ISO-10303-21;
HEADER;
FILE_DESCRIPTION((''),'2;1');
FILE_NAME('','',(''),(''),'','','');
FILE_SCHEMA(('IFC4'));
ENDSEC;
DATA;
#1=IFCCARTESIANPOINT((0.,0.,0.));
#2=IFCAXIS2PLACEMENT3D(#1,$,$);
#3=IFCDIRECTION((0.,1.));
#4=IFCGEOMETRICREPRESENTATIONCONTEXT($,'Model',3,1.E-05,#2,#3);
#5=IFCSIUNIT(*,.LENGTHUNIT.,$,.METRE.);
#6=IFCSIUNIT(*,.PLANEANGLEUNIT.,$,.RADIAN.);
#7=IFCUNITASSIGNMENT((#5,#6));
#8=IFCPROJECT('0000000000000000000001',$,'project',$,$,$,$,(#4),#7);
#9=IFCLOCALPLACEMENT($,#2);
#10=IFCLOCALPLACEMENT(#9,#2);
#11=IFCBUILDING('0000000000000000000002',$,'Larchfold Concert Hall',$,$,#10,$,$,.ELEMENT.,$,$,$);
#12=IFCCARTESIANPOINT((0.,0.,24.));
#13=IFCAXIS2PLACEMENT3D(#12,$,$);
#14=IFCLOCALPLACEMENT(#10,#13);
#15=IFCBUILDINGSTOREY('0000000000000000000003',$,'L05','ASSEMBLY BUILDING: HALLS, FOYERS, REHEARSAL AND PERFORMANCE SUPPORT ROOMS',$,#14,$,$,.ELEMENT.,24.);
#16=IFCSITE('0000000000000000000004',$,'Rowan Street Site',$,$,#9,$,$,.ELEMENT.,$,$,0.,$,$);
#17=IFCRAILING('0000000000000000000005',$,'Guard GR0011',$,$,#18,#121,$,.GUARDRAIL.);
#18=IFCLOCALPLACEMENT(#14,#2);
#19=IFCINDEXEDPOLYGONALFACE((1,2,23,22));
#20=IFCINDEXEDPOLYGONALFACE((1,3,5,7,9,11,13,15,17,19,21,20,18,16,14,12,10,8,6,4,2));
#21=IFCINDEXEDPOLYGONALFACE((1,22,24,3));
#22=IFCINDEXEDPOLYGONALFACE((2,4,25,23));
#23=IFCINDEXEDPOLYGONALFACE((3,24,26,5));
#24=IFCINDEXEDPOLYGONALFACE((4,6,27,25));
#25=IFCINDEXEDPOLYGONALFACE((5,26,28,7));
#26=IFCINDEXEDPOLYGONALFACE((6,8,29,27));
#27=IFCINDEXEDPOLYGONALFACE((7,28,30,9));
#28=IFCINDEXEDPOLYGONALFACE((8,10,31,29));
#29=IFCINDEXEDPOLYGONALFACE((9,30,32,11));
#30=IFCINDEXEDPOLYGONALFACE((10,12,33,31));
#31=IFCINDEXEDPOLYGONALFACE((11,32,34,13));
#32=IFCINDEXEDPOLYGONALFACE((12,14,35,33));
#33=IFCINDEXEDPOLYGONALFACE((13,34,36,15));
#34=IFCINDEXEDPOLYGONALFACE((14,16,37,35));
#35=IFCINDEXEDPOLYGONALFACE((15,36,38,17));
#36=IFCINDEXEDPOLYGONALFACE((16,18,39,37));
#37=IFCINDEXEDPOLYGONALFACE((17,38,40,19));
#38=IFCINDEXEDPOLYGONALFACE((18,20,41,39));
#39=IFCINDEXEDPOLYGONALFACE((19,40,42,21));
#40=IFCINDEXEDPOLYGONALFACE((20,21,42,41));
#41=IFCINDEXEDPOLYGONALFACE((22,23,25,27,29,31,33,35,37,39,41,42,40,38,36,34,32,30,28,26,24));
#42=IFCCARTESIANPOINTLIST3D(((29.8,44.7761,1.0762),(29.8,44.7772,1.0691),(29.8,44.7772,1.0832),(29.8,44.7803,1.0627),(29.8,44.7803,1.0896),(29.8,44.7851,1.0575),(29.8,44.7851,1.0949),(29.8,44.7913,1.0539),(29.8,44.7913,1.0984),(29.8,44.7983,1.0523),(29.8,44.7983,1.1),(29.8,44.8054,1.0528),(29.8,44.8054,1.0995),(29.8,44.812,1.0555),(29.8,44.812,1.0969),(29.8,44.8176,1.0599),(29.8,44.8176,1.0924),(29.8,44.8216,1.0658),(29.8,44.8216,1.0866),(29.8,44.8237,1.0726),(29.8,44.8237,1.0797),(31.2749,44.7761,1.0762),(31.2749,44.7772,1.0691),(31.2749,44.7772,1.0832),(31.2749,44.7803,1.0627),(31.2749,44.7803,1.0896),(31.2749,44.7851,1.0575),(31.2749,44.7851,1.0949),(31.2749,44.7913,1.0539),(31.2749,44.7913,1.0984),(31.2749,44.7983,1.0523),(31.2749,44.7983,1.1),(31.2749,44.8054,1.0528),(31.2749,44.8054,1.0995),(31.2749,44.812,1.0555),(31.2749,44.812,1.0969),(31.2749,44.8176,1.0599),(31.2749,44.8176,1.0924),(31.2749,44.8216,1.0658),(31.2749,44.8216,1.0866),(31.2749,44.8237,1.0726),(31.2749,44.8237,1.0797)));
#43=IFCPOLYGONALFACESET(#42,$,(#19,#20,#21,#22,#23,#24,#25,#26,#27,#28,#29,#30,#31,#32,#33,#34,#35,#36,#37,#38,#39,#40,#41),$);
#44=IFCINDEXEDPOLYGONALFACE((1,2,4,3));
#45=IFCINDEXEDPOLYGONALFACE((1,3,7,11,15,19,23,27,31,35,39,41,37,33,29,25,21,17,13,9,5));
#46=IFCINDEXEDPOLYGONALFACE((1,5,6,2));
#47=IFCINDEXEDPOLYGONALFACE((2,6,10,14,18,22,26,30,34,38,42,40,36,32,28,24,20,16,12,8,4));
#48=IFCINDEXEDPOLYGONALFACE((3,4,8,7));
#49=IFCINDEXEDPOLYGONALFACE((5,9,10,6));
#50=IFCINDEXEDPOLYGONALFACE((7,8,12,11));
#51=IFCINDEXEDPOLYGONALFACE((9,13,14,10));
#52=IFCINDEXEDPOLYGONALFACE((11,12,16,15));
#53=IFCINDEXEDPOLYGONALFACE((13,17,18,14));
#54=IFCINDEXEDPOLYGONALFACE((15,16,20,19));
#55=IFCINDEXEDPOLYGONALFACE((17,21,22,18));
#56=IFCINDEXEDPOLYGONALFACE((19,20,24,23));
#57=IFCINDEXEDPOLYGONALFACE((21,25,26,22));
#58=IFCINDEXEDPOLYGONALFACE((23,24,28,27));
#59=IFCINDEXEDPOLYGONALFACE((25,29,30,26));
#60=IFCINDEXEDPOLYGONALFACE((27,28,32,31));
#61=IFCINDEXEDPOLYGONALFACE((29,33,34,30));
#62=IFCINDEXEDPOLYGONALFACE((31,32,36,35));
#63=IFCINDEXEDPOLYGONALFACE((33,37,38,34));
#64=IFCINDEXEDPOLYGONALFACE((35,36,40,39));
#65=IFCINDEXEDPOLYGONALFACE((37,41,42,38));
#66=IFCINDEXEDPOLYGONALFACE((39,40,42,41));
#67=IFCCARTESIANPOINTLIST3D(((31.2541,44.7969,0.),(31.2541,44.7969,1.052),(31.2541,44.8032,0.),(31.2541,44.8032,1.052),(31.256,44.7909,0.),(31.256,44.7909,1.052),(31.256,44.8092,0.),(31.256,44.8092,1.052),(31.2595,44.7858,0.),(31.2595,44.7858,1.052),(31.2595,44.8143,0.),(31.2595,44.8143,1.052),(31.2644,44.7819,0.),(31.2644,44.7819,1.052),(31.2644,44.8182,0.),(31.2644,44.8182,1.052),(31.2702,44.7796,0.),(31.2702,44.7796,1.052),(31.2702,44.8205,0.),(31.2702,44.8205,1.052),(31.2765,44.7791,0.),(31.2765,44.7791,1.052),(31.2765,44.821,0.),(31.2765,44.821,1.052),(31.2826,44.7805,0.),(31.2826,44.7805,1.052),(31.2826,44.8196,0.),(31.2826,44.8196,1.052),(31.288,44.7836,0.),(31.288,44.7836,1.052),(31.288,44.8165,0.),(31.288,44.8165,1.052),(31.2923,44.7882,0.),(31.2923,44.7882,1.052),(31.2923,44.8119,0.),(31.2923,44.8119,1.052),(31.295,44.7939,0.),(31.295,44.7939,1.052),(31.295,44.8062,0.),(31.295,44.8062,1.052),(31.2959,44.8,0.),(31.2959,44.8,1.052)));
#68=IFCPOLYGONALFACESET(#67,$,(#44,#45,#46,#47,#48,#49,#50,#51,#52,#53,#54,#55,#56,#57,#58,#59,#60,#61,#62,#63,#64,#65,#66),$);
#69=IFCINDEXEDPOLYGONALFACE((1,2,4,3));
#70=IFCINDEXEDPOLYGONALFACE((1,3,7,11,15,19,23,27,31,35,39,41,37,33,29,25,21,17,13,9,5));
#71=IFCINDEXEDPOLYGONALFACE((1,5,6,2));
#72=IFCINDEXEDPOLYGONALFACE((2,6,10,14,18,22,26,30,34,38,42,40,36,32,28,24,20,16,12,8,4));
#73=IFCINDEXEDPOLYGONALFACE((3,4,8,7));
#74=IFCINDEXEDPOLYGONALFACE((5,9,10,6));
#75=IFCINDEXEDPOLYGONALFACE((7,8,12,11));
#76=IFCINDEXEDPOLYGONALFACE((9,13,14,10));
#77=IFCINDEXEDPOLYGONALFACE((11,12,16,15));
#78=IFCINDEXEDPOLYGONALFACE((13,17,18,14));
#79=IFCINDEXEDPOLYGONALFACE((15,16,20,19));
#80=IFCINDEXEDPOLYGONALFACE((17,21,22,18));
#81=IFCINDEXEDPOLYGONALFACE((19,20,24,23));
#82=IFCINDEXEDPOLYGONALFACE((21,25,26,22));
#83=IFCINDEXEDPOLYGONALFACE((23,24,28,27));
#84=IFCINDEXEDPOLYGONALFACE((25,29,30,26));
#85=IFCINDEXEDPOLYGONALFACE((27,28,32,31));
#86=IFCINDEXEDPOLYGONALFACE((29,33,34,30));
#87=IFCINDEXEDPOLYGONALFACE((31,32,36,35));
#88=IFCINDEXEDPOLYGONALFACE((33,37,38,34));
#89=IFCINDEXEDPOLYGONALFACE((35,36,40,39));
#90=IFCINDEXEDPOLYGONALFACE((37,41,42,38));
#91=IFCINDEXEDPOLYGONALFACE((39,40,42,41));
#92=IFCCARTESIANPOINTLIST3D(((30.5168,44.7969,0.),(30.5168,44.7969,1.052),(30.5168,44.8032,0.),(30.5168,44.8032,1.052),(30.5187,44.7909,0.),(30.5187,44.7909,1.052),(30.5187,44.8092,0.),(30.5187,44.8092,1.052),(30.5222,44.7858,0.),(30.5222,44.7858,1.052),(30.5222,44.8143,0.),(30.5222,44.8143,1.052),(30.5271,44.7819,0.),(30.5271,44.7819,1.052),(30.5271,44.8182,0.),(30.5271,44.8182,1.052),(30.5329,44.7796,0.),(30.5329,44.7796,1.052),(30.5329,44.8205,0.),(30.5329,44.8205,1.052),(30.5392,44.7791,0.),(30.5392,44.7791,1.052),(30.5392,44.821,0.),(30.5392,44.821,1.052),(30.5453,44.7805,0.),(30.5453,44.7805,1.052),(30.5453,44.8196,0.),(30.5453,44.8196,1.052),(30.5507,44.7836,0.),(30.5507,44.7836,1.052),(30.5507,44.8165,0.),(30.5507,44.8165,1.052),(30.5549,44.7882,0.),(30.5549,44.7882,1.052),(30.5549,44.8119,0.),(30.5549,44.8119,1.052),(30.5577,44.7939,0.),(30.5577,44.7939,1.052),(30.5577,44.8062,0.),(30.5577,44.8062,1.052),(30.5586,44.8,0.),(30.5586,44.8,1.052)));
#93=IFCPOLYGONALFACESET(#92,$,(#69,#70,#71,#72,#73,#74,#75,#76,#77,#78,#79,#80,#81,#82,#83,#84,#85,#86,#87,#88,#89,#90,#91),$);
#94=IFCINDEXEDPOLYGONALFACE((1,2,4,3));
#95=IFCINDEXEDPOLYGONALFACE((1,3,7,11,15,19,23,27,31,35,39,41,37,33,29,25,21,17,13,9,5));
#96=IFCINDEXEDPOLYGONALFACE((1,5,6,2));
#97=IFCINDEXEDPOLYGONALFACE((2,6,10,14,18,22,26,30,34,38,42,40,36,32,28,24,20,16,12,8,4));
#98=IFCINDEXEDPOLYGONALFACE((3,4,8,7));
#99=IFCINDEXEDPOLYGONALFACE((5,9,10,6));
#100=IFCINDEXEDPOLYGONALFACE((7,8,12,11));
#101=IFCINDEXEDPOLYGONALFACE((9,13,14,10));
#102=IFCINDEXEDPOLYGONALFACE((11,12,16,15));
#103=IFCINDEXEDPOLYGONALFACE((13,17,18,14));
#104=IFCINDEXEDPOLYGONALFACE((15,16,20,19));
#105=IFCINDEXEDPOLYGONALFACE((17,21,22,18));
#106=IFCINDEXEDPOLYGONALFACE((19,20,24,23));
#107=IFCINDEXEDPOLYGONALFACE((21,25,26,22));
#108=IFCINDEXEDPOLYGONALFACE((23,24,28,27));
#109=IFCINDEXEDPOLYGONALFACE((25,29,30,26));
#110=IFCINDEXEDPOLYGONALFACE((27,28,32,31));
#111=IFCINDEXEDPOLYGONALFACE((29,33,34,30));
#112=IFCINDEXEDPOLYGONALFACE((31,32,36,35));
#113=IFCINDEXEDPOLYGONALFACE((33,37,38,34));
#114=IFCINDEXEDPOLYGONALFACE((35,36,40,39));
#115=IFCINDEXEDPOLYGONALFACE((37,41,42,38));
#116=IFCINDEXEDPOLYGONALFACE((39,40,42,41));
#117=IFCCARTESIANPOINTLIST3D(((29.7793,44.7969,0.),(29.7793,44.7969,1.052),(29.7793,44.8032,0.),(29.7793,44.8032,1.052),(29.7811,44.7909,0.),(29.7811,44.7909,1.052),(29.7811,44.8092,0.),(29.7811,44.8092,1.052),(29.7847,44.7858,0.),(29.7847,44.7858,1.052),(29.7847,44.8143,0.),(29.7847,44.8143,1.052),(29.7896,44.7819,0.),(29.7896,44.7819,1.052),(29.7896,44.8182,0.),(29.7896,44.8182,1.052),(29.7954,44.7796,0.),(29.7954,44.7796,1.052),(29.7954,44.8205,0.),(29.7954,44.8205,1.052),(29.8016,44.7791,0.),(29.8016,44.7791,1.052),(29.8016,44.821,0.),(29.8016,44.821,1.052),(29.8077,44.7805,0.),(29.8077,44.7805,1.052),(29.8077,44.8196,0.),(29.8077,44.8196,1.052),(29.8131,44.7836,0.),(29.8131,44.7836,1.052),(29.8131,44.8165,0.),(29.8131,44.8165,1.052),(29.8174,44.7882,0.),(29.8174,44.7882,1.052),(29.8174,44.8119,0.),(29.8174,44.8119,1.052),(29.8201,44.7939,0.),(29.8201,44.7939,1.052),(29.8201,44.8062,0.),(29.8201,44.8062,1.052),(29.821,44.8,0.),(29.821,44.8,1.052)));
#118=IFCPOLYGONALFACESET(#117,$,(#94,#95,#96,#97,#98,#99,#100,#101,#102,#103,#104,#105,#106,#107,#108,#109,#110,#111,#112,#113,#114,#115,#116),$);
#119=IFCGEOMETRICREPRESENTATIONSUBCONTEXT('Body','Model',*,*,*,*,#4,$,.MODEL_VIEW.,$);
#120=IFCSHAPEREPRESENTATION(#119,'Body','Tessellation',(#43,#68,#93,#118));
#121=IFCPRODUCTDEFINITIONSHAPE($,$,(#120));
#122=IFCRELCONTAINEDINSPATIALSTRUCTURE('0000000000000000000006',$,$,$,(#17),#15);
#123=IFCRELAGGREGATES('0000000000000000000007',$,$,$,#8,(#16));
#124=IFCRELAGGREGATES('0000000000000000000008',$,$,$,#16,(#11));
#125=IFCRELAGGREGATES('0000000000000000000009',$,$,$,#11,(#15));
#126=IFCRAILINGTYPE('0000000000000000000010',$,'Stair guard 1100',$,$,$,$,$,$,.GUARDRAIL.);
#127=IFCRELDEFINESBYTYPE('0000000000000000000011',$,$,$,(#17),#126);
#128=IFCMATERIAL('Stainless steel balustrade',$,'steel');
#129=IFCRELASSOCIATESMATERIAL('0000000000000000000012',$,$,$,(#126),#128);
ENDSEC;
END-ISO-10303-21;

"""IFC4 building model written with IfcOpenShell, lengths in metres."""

from ifc_helpers import new_model, si_unit, direction, frame, origin, origin_2d, place, context, subcontext, project, spatial, circle, extrude, material, type_object, element, save


model = new_model("IFC4")

# Units and contexts
model_context = context("Model", 3, precision=1e-05, world=origin(), true_north=direction((0.0, 1.0)))
body_context = subcontext(model_context, "Body", "Model", "MODEL_VIEW")
ifc_project = project(units=[si_unit("LENGTHUNIT", "METRE"), si_unit("PLANEANGLEUNIT", "RADIAN")], contexts=[model_context])

# Site, building, storey
site_placement = place(None, origin())
site = spatial("IfcSite", under=ifc_project, at=site_placement, Name="Rowan Street Site", CompositionType="ELEMENT", RefElevation=0.0)
building_placement = place(site_placement, origin())
building = spatial("IfcBuilding", under=site, at=building_placement, Name="Larchfold Concert Hall", CompositionType="ELEMENT")
storey_placement = place(building_placement, frame((0.0, 0.0, 24.0)))
storey = spatial("IfcBuildingStorey", under=building, at=storey_placement, Name="L05", Description="ASSEMBLY BUILDING: HALLS, FOYERS, REHEARSAL AND PERFORMANCE SUPPORT ROOMS", CompositionType="ELEMENT", Elevation=24.0)

# Railing
ifc_material_1 = material(Name="Stainless steel balustrade", Category="steel")
railing_type_1 = type_object("IfcRailingType", Name="Stair guard 1100", PredefinedType="GUARDRAIL", material=ifc_material_1)
railing_1_placement = place(storey_placement, frame((31.2749, 44.8, 0.0)))
element("IfcRailing", 1, at=railing_1_placement, inside=storey, type_object=railing_type_1, Name="Guard GR0011", PredefinedType="GUARDRAIL", context=body_context, shape_type="SweptSolid", body=[
    extrude(circle(Radius=0.0239, at=origin_2d()), frame((0.0, 0.0, 1.0762), z_axis=(-1.0, 0.0, 0.0), x_axis=(0.0, -1.0, 0.0)), (0.0, 0.0, 1.0), 1.4749),
    extrude(circle(Radius=0.021, at=origin_2d()), origin(), (0.0, 0.0, 1.0), 1.052),
    extrude(circle(Radius=0.021, at=origin_2d()), frame((-0.7373, 0.0, 0.0)), (0.0, 0.0, 1.0), 1.052),
    extrude(circle(Radius=0.021, at=origin_2d()), frame((-1.4749, 0.0, 0.0)), (0.0, 0.0, 1.0), 1.052),
])

save(model, "model.ifc")
